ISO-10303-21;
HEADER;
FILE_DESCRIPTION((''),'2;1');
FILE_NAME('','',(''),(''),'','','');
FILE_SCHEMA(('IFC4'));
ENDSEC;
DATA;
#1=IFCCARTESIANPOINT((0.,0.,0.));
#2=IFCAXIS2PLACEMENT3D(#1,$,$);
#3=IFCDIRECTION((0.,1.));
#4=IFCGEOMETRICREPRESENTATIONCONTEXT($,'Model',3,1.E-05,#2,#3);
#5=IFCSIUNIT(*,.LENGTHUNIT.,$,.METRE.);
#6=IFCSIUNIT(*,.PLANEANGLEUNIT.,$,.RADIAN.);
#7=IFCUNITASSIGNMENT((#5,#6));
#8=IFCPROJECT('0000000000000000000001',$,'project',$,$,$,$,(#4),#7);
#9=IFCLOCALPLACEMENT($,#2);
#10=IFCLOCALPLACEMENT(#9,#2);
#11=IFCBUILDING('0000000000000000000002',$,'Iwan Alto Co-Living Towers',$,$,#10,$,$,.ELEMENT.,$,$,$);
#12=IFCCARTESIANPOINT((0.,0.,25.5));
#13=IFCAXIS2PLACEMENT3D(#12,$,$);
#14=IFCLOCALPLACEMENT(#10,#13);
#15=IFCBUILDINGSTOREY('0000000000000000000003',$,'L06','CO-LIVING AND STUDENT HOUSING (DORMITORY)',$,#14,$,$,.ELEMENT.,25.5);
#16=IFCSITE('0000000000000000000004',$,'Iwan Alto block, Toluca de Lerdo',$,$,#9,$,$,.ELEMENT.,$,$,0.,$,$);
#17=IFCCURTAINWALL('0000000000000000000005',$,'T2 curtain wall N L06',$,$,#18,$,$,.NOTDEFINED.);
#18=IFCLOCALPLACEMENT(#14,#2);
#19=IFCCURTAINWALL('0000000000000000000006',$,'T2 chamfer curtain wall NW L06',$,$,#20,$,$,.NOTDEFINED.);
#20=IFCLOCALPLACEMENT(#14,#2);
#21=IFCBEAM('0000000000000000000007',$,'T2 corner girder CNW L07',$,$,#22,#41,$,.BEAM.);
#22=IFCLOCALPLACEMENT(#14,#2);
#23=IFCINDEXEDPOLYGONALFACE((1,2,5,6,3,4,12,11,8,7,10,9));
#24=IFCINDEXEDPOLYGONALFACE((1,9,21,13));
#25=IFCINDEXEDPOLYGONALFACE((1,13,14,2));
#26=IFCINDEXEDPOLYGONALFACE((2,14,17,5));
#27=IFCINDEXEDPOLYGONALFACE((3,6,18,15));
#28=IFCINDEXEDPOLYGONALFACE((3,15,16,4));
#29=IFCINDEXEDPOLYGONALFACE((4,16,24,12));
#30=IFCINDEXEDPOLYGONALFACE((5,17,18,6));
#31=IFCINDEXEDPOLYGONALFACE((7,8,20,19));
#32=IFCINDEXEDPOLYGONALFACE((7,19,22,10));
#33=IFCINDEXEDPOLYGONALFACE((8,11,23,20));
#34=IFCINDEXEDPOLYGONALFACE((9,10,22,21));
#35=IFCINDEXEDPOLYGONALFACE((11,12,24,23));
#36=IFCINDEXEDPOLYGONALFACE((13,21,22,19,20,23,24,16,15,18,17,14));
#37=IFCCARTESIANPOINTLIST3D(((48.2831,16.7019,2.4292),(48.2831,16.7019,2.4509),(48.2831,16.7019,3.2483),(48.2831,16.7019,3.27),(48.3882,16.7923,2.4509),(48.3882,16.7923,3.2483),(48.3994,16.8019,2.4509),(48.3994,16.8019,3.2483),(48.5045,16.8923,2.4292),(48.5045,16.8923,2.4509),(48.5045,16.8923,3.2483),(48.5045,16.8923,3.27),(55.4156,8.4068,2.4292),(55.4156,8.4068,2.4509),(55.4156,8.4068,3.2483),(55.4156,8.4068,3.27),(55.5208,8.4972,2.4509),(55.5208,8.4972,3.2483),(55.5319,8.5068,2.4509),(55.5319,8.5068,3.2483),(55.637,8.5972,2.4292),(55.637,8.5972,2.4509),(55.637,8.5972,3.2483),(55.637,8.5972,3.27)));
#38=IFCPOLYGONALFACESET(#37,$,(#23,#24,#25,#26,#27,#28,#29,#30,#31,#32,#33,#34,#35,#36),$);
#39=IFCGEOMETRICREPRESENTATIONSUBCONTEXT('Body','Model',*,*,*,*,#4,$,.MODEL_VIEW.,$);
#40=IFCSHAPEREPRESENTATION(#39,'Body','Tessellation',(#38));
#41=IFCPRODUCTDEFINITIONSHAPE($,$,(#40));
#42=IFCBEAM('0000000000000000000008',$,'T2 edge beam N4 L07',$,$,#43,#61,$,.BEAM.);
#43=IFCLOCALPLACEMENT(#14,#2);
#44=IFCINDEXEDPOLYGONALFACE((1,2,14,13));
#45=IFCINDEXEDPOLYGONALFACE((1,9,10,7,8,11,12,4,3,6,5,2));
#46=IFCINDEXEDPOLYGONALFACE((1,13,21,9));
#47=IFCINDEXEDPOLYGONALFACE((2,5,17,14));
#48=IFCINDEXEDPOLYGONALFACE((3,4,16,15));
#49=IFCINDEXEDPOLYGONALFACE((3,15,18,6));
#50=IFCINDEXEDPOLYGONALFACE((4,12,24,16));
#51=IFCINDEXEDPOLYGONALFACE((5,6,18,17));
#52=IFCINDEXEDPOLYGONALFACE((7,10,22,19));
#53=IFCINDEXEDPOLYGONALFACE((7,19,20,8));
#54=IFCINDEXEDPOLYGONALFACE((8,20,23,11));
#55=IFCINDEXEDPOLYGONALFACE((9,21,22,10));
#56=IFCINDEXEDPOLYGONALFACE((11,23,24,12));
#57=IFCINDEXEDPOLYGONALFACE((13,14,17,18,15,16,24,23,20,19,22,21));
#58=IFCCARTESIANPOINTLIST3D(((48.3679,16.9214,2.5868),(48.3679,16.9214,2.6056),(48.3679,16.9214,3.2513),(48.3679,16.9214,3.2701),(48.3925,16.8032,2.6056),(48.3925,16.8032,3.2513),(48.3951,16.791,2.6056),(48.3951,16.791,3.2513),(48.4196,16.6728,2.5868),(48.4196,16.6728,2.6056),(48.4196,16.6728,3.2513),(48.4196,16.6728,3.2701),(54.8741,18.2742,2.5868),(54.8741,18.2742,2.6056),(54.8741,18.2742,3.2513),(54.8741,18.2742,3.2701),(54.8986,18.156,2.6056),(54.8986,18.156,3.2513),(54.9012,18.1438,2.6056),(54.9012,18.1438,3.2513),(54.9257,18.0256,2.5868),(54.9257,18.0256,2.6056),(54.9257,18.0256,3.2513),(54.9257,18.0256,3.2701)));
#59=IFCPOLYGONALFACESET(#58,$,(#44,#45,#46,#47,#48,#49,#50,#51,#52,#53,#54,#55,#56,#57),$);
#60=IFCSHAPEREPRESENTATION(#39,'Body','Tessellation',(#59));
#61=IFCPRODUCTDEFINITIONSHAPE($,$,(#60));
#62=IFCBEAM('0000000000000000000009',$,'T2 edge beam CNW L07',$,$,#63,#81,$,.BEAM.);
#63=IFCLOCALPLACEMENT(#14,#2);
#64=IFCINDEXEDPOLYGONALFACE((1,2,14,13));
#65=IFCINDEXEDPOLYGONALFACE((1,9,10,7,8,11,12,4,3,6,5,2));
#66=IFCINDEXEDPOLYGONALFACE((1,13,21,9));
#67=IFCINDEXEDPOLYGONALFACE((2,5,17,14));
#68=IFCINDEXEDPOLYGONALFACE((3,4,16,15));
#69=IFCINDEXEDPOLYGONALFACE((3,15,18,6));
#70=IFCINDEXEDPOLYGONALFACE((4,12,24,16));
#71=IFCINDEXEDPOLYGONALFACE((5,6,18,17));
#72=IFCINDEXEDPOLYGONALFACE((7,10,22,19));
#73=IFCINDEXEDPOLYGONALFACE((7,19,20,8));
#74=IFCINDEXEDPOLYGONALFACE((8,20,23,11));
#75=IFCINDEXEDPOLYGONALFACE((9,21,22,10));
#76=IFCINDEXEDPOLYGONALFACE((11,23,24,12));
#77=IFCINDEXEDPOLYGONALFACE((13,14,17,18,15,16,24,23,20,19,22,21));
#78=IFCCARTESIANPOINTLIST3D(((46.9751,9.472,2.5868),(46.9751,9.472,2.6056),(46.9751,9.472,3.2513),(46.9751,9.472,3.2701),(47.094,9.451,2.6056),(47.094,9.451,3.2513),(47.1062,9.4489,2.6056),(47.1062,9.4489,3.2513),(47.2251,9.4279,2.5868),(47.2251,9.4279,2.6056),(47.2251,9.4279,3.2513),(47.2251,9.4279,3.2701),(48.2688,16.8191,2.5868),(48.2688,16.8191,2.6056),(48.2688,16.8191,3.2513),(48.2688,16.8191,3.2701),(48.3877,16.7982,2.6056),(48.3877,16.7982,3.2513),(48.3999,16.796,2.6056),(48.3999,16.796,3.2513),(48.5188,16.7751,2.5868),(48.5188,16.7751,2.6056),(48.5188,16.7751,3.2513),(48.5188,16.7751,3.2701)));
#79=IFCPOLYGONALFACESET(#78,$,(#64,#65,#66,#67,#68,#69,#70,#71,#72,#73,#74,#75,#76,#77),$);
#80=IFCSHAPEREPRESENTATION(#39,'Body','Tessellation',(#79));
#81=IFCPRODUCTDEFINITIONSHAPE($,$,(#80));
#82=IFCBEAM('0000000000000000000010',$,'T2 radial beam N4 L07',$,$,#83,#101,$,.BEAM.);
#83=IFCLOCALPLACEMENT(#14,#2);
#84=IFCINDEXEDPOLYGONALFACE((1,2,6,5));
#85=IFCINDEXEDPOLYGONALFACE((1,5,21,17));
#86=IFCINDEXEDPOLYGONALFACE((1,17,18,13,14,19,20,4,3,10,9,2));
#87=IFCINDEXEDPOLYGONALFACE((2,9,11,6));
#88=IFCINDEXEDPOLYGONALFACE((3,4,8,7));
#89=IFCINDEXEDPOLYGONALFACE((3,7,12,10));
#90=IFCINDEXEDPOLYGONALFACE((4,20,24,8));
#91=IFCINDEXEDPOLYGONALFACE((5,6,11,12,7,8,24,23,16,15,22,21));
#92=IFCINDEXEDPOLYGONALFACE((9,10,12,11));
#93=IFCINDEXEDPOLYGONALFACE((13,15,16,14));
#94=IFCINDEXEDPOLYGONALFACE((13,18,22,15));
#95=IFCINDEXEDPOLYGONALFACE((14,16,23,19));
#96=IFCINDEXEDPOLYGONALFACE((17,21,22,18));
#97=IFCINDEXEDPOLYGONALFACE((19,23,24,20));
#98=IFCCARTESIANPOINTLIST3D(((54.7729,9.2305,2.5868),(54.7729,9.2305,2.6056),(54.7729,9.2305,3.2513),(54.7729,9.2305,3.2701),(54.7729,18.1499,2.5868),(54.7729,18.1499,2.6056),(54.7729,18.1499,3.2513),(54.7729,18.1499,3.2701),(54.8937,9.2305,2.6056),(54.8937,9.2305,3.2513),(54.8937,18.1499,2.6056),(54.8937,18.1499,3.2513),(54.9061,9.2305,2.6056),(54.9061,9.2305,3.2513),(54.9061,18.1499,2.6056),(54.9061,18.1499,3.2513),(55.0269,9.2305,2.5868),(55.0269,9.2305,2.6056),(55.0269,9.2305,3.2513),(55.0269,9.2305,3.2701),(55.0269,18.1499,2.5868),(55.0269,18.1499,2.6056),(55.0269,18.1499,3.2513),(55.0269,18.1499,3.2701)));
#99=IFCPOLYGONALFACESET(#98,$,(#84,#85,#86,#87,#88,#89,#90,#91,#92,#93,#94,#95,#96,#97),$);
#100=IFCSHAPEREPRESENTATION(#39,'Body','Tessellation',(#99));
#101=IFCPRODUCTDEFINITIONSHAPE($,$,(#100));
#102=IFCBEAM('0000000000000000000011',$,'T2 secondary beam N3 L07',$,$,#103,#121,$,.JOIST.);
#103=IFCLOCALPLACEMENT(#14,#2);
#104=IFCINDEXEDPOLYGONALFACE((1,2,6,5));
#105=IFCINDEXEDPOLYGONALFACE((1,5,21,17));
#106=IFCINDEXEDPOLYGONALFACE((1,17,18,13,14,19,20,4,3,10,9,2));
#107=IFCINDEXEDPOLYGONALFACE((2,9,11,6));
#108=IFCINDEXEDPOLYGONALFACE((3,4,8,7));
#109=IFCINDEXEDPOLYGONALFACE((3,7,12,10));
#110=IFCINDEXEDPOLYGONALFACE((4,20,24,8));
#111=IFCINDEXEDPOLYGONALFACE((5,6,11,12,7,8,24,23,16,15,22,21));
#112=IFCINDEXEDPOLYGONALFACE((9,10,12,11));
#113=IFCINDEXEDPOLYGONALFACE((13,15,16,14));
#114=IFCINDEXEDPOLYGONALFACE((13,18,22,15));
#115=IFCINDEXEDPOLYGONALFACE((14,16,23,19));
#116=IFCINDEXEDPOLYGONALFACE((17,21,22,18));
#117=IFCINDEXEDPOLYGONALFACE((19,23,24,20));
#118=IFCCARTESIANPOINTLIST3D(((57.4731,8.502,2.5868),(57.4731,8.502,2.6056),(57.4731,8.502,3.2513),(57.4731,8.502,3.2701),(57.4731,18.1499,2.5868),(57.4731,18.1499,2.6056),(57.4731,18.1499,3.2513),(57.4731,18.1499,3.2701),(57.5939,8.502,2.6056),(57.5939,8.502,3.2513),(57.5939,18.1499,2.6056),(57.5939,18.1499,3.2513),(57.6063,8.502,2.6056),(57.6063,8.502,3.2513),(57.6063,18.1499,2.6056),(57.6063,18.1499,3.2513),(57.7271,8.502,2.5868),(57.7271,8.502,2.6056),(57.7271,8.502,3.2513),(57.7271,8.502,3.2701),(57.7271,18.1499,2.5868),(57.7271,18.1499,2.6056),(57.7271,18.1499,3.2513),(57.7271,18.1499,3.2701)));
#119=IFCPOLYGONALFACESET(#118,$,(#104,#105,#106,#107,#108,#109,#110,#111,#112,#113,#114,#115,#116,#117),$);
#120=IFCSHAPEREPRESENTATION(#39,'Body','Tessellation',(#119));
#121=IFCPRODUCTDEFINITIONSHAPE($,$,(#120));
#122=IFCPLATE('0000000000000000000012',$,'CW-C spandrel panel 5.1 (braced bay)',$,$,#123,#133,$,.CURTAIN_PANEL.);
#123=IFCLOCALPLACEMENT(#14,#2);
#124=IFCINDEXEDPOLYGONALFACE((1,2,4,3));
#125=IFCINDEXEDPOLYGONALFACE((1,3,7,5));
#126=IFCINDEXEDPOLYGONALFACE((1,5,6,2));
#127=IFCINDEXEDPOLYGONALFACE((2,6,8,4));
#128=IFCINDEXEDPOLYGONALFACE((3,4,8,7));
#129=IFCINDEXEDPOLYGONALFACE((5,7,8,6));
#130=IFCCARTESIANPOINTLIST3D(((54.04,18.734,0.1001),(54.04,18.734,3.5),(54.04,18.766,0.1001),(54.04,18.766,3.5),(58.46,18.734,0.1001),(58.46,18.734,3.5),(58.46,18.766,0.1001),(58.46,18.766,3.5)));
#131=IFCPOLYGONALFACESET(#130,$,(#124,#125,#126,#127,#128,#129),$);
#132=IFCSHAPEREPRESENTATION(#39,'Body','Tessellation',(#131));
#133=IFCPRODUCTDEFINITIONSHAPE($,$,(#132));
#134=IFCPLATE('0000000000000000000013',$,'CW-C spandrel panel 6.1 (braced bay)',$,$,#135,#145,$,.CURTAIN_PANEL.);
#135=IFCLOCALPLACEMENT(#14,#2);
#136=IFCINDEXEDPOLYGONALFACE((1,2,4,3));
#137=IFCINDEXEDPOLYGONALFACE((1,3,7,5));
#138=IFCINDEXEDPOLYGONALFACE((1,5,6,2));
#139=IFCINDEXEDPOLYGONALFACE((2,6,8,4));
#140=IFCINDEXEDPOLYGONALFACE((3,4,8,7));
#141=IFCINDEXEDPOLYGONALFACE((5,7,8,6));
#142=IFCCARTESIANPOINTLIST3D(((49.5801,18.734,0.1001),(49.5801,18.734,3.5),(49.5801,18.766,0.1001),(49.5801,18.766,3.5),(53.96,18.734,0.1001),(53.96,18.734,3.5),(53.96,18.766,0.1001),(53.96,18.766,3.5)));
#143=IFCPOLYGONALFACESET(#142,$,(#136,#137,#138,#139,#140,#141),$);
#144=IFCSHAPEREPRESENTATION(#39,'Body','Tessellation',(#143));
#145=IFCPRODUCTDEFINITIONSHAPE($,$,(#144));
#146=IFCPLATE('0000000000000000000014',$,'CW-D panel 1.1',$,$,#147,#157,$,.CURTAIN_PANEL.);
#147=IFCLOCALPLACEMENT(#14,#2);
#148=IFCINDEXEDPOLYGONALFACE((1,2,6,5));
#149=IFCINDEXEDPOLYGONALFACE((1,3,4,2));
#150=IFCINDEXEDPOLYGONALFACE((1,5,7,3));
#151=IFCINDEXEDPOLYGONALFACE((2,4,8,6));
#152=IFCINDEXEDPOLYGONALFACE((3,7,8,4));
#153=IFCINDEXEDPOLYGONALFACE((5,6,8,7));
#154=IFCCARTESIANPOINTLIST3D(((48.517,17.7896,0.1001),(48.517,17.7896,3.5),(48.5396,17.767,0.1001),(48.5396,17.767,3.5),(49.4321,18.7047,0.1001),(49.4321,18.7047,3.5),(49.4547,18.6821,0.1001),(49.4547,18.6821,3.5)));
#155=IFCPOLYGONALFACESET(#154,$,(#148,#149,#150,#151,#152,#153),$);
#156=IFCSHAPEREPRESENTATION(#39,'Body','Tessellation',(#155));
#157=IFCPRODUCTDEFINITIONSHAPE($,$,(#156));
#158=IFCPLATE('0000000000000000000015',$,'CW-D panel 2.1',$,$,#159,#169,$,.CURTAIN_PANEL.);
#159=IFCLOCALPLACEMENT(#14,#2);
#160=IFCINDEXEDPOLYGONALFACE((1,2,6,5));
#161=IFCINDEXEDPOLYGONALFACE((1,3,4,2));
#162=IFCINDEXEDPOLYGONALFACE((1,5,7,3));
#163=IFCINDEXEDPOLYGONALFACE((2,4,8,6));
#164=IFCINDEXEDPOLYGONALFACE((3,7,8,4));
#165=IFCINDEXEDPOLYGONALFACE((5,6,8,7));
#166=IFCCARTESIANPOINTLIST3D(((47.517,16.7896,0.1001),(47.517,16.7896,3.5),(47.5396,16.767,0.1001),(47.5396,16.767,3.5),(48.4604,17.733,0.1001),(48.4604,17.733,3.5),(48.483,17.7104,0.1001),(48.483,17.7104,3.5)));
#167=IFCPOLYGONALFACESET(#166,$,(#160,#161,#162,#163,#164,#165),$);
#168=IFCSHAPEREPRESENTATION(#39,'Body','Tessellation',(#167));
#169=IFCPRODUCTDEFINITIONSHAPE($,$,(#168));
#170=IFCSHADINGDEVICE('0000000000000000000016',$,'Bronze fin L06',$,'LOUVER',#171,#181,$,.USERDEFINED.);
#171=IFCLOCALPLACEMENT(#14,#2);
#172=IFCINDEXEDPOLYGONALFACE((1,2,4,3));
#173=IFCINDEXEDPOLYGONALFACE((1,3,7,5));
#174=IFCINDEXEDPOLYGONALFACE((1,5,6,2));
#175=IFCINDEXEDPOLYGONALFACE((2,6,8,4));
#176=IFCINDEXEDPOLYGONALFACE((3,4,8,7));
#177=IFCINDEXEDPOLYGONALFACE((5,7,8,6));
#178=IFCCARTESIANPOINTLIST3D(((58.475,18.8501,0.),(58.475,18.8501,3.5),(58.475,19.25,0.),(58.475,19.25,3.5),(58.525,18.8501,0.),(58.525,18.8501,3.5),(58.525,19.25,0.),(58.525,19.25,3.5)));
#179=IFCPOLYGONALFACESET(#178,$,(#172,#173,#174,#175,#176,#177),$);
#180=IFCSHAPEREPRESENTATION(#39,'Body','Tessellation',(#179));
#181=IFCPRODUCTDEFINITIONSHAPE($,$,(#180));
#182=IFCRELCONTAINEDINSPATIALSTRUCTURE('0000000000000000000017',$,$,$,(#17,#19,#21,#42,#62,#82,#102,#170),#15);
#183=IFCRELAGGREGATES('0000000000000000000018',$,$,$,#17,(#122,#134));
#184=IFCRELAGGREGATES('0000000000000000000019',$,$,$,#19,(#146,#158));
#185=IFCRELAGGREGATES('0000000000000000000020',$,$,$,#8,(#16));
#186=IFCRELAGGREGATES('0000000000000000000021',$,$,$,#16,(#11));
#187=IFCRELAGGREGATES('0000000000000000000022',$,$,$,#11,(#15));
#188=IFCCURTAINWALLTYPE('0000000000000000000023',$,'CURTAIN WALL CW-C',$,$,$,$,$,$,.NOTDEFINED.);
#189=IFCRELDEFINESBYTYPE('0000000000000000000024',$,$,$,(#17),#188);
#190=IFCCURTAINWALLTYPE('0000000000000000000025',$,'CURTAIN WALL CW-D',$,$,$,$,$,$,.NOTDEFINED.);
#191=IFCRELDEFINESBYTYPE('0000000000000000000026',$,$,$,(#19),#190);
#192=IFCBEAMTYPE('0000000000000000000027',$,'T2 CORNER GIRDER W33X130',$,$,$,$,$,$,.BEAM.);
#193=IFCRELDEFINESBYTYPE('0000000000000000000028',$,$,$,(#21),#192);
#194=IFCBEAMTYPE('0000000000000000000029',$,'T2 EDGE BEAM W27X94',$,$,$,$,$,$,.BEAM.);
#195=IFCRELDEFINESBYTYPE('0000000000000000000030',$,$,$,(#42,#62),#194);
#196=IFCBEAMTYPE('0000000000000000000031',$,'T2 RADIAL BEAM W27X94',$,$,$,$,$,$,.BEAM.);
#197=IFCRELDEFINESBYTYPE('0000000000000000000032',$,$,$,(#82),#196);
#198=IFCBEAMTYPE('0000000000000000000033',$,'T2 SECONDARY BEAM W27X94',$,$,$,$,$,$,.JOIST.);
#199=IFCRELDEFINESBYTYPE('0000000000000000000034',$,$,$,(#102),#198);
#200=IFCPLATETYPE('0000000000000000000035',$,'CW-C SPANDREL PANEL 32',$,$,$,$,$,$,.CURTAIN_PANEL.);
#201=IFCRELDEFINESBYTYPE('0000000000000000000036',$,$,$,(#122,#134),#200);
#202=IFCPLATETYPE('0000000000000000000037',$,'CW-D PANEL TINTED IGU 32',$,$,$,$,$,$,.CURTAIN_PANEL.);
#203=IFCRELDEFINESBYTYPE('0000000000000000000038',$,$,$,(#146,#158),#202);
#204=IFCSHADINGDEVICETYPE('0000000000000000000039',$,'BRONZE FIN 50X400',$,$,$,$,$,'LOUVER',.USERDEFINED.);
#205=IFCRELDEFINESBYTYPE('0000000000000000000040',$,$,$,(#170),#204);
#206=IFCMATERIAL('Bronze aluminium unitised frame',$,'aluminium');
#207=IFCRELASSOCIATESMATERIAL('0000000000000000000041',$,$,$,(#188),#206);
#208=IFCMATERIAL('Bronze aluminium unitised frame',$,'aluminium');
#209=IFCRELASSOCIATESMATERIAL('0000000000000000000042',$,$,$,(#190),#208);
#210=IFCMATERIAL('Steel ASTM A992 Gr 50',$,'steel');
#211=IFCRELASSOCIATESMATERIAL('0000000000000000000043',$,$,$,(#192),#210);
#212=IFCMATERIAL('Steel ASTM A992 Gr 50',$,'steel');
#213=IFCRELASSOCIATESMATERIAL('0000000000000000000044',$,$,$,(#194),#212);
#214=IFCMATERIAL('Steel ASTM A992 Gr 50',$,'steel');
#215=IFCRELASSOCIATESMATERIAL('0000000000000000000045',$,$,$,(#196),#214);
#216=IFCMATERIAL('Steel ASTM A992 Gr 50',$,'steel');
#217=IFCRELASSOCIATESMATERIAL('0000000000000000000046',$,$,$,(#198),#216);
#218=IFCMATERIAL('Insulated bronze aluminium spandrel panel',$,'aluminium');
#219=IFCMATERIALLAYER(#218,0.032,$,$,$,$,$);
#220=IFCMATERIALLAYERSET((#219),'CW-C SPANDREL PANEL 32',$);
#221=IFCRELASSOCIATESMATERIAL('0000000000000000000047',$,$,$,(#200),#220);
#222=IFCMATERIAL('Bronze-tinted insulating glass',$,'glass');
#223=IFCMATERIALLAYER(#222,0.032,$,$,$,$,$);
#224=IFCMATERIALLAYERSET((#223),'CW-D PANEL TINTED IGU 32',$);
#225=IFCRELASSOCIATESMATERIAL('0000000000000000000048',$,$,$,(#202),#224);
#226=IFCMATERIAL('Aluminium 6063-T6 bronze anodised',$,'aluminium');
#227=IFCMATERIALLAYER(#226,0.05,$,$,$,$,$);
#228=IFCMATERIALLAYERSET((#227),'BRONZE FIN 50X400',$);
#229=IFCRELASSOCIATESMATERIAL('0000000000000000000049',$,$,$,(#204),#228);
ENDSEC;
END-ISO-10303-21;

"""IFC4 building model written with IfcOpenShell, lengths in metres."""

from ifc_helpers import new_model, si_unit, direction, frame, origin, origin_2d, place, context, subcontext, project, spatial, rectangle, i_section, extrude, material, layer, layer_set, material_profile, profile_set, type_object, element, aggregate, save


model = new_model("IFC4")

# Units and contexts
model_context = context("Model", 3, precision=1e-05, world=origin(), true_north=direction((0.0, 1.0)))
body_context = subcontext(model_context, "Body", "Model", "MODEL_VIEW")
ifc_project = project(units=[si_unit("LENGTHUNIT", "METRE"), si_unit("PLANEANGLEUNIT", "RADIAN")], contexts=[model_context])

# Site, building, storey
site_placement = place(None, origin())
site = spatial("IfcSite", under=ifc_project, at=site_placement, Name="Iwan Alto block, Toluca de Lerdo", CompositionType="ELEMENT", RefElevation=0.0)
building_placement = place(site_placement, origin())
building = spatial("IfcBuilding", under=site, at=building_placement, Name="Iwan Alto Co-Living Towers", CompositionType="ELEMENT")
storey_placement = place(building_placement, frame((0.0, 0.0, 25.5)))
storey = spatial("IfcBuildingStorey", under=building, at=storey_placement, Name="L06", Description="CO-LIVING AND STUDENT HOUSING (DORMITORY)", CompositionType="ELEMENT", Elevation=25.5)

# Curtain walls
ifc_material_1 = material(Name="Bronze aluminium unitised frame", Category="aluminium")
curtain_wall_type_1 = type_object("IfcCurtainWallType", Name="CURTAIN WALL CW-C", PredefinedType="NOTDEFINED", material=ifc_material_1)
curtain_wall_1_placement = place(storey_placement, origin())
curtain_wall_1 = element("IfcCurtainWall", 1, at=curtain_wall_1_placement, inside=storey, type_object=curtain_wall_type_1, Name="T2 curtain wall N L06", PredefinedType="NOTDEFINED")
ifc_material_2 = material(Name="Bronze aluminium unitised frame", Category="aluminium")
curtain_wall_type_2 = type_object("IfcCurtainWallType", Name="CURTAIN WALL CW-D", PredefinedType="NOTDEFINED", material=ifc_material_2)
curtain_wall_2_placement = place(storey_placement, origin())
curtain_wall_2 = element("IfcCurtainWall", 2, at=curtain_wall_2_placement, inside=storey, type_object=curtain_wall_type_2, Name="T2 chamfer curtain wall NW L06", PredefinedType="NOTDEFINED")

# Beams
ifc_material_3 = material(Name="Steel ASTM A992 Gr 50", Category="steel")
ifc_material_profile_1 = material_profile(ifc_material_3, i_section(OverallWidth=0.292, OverallDepth=0.8408, WebThickness=0.0146, FlangeThickness=0.0217, at=origin_2d()), Name="W33X130")
ifc_profile_set_1 = profile_set([ifc_material_profile_1], Name="Steel ASTM A992 Gr 50")
beam_type_1 = type_object("IfcBeamType", Name="T2 CORNER GIRDER W33X130", PredefinedType="BEAM", material=ifc_profile_set_1)
beam_1_placement = place(storey_placement, frame((48.3938, 16.7971, 2.8496), z_axis=(0.651972, -0.758243, 0.0), x_axis=(0.758243, 0.651972, 0.0)))
element("IfcBeam", 3, at=beam_1_placement, inside=storey, type_object=beam_type_1, Name="T2 corner girder CNW L07", PredefinedType="BEAM", context=body_context, shape_type="SweptSolid", body=[
    extrude(i_section(OverallWidth=0.292, OverallDepth=0.8408, WebThickness=0.0146, FlangeThickness=0.0217, at=origin_2d()), origin(), (0.0, 0.0, 1.0), 10.9399),
])
ifc_material_4 = material(Name="Steel ASTM A992 Gr 50", Category="steel")
ifc_material_profile_2 = material_profile(ifc_material_4, i_section(OverallWidth=0.2539, OverallDepth=0.6833, WebThickness=0.0125, FlangeThickness=0.0188, at=origin_2d()), Name="W27X94")
ifc_profile_set_2 = profile_set([ifc_material_profile_2], Name="Steel ASTM A992 Gr 50")
beam_type_2 = type_object("IfcBeamType", Name="T2 EDGE BEAM W27X94", PredefinedType="BEAM", material=ifc_profile_set_2)
beam_2_placement = place(storey_placement, frame((54.8999, 18.1499, 2.9285), z_axis=(-0.97906, -0.203571, 0.0), x_axis=(0.203571, -0.97906, 0.0)))
element("IfcBeam", 4, at=beam_2_placement, inside=storey, type_object=beam_type_2, Name="T2 edge beam N4 L07", PredefinedType="BEAM", context=body_context, shape_type="SweptSolid", body=[
    extrude(i_section(OverallWidth=0.2539, OverallDepth=0.6833, WebThickness=0.0125, FlangeThickness=0.0188, at=origin_2d()), origin(), (0.0, 0.0, 1.0), 6.6453),
])
beam_3_placement = place(storey_placement, frame((48.3938, 16.7971, 2.9285), z_axis=(-0.173414, -0.984849, 0.0), x_axis=(0.984849, -0.173414, 0.0)))
element("IfcBeam", 5, at=beam_3_placement, inside=storey, type_object=beam_type_2, Name="T2 edge beam CNW L07", PredefinedType="BEAM", context=body_context, shape_type="SweptSolid", body=[
    extrude(i_section(OverallWidth=0.2539, OverallDepth=0.6833, WebThickness=0.0125, FlangeThickness=0.0188, at=origin_2d()), origin(), (0.0, 0.0, 1.0), 7.4602),
])
ifc_material_5 = material(Name="Steel ASTM A992 Gr 50", Category="steel")
ifc_material_profile_3 = material_profile(ifc_material_5, i_section(OverallWidth=0.2539, OverallDepth=0.6833, WebThickness=0.0125, FlangeThickness=0.0188, at=origin_2d()), Name="W27X94")
ifc_profile_set_3 = profile_set([ifc_material_profile_3], Name="Steel ASTM A992 Gr 50")
beam_type_3 = type_object("IfcBeamType", Name="T2 RADIAL BEAM W27X94", PredefinedType="BEAM", material=ifc_profile_set_3)
beam_4_placement = place(storey_placement, frame((54.8999, 18.1499, 2.9285), z_axis=(0.0, -1.0, 0.0), x_axis=(1.0, 0.0, 0.0)))
element("IfcBeam", 6, at=beam_4_placement, inside=storey, type_object=beam_type_3, Name="T2 radial beam N4 L07", PredefinedType="BEAM", context=body_context, shape_type="SweptSolid", body=[
    extrude(i_section(OverallWidth=0.2539, OverallDepth=0.6833, WebThickness=0.0125, FlangeThickness=0.0188, at=origin_2d()), origin(), (0.0, 0.0, 1.0), 8.9194),
])
ifc_material_6 = material(Name="Steel ASTM A992 Gr 50", Category="steel")
ifc_material_profile_4 = material_profile(ifc_material_6, i_section(OverallWidth=0.2539, OverallDepth=0.6833, WebThickness=0.0125, FlangeThickness=0.0188, at=origin_2d()), Name="W27X94")
ifc_profile_set_4 = profile_set([ifc_material_profile_4], Name="Steel ASTM A992 Gr 50")
beam_type_4 = type_object("IfcBeamType", Name="T2 SECONDARY BEAM W27X94", PredefinedType="JOIST", material=ifc_profile_set_4)
beam_5_placement = place(storey_placement, frame((57.6001, 18.1499, 2.9285), z_axis=(0.0, -1.0, 0.0), x_axis=(1.0, 0.0, 0.0)))
element("IfcBeam", 7, at=beam_5_placement, inside=storey, type_object=beam_type_4, Name="T2 secondary beam N3 L07", PredefinedType="JOIST", context=body_context, shape_type="SweptSolid", body=[
    extrude(i_section(OverallWidth=0.2539, OverallDepth=0.6833, WebThickness=0.0125, FlangeThickness=0.0188, at=origin_2d()), origin(), (0.0, 0.0, 1.0), 9.6479),
])

# Plates
ifc_material_7 = material(Name="Insulated bronze aluminium spandrel panel", Category="aluminium")
ifc_layer_1 = layer(ifc_material_7, 0.032)
ifc_layer_set_1 = layer_set([ifc_layer_1], Name="CW-C SPANDREL PANEL 32")
plate_type_1 = type_object("IfcPlateType", Name="CW-C SPANDREL PANEL 32", PredefinedType="CURTAIN_PANEL", material=ifc_layer_set_1)
plate_1_placement = place(storey_placement, frame((56.25, 18.75, 0.1001), z_axis=(0.0, 0.0, 1.0), x_axis=(-1.0, 0.0, 0.0)))
plate_1 = element("IfcPlate", 8, at=plate_1_placement, type_object=plate_type_1, Name="CW-C spandrel panel 5.1 (braced bay)", PredefinedType="CURTAIN_PANEL", context=body_context, shape_type="SweptSolid", body=[
    extrude(rectangle(XDim=4.4199, YDim=0.032, at=origin_2d()), origin(), (0.0, 0.0, 1.0), 3.3999),
])
plate_2_placement = place(storey_placement, frame((51.77, 18.75, 0.1001), z_axis=(0.0, 0.0, 1.0), x_axis=(-1.0, 0.0, 0.0)))
plate_2 = element("IfcPlate", 9, at=plate_2_placement, type_object=plate_type_1, Name="CW-C spandrel panel 6.1 (braced bay)", PredefinedType="CURTAIN_PANEL", context=body_context, shape_type="SweptSolid", body=[
    extrude(rectangle(XDim=4.3799, YDim=0.032, at=origin_2d()), origin(), (0.0, 0.0, 1.0), 3.3999),
])
aggregate(curtain_wall_1, [plate_1, plate_2])
ifc_material_8 = material(Name="Bronze-tinted insulating glass", Category="glass")
ifc_layer_2 = layer(ifc_material_8, 0.032)
ifc_layer_set_2 = layer_set([ifc_layer_2], Name="CW-D PANEL TINTED IGU 32")
plate_type_2 = type_object("IfcPlateType", Name="CW-D PANEL TINTED IGU 32", PredefinedType="CURTAIN_PANEL", material=ifc_layer_set_2)
plate_3_placement = place(storey_placement, frame((48.9858, 18.2358, 0.1001), z_axis=(0.0, 0.0, 1.0), x_axis=(-0.707107, -0.707107, 0.0)))
plate_3 = element("IfcPlate", 10, at=plate_3_placement, type_object=plate_type_2, Name="CW-D panel 1.1", PredefinedType="CURTAIN_PANEL", context=body_context, shape_type="SweptSolid", body=[
    extrude(rectangle(XDim=1.2942, YDim=0.032, at=origin_2d()), origin(), (0.0, 0.0, 1.0), 3.3999),
])
plate_4_placement = place(storey_placement, frame((48.0, 17.25, 0.1001), z_axis=(0.0, 0.0, 1.0), x_axis=(-0.707107, -0.707107, 0.0)))
plate_4 = element("IfcPlate", 11, at=plate_4_placement, type_object=plate_type_2, Name="CW-D panel 2.1", PredefinedType="CURTAIN_PANEL", context=body_context, shape_type="SweptSolid", body=[
    extrude(rectangle(XDim=1.3342, YDim=0.032, at=origin_2d()), origin(), (0.0, 0.0, 1.0), 3.3999),
])
aggregate(curtain_wall_2, [plate_3, plate_4])

# Shading device
ifc_material_9 = material(Name="Aluminium 6063-T6 bronze anodised", Category="aluminium")
ifc_layer_3 = layer(ifc_material_9, 0.05)
ifc_layer_set_3 = layer_set([ifc_layer_3], Name="BRONZE FIN 50X400")
shading_device_type = type_object("IfcShadingDeviceType", Name="BRONZE FIN 50X400", ElementType="LOUVER", PredefinedType="USERDEFINED", material=ifc_layer_set_3)
shading_device_placement = place(storey_placement, frame((58.5, 19.05, 0.0), z_axis=(0.0, 0.0, 1.0), x_axis=(-1.0, 0.0, 0.0)))
element("IfcShadingDevice", 12, at=shading_device_placement, inside=storey, type_object=shading_device_type, Name="Bronze fin L06", ObjectType="LOUVER", PredefinedType="USERDEFINED", context=body_context, shape_type="SweptSolid", body=[
    extrude(rectangle(XDim=0.05, YDim=0.3999, at=origin_2d()), origin(), (0.0, 0.0, 1.0), 3.5),
])

save(model, "model.ifc")
